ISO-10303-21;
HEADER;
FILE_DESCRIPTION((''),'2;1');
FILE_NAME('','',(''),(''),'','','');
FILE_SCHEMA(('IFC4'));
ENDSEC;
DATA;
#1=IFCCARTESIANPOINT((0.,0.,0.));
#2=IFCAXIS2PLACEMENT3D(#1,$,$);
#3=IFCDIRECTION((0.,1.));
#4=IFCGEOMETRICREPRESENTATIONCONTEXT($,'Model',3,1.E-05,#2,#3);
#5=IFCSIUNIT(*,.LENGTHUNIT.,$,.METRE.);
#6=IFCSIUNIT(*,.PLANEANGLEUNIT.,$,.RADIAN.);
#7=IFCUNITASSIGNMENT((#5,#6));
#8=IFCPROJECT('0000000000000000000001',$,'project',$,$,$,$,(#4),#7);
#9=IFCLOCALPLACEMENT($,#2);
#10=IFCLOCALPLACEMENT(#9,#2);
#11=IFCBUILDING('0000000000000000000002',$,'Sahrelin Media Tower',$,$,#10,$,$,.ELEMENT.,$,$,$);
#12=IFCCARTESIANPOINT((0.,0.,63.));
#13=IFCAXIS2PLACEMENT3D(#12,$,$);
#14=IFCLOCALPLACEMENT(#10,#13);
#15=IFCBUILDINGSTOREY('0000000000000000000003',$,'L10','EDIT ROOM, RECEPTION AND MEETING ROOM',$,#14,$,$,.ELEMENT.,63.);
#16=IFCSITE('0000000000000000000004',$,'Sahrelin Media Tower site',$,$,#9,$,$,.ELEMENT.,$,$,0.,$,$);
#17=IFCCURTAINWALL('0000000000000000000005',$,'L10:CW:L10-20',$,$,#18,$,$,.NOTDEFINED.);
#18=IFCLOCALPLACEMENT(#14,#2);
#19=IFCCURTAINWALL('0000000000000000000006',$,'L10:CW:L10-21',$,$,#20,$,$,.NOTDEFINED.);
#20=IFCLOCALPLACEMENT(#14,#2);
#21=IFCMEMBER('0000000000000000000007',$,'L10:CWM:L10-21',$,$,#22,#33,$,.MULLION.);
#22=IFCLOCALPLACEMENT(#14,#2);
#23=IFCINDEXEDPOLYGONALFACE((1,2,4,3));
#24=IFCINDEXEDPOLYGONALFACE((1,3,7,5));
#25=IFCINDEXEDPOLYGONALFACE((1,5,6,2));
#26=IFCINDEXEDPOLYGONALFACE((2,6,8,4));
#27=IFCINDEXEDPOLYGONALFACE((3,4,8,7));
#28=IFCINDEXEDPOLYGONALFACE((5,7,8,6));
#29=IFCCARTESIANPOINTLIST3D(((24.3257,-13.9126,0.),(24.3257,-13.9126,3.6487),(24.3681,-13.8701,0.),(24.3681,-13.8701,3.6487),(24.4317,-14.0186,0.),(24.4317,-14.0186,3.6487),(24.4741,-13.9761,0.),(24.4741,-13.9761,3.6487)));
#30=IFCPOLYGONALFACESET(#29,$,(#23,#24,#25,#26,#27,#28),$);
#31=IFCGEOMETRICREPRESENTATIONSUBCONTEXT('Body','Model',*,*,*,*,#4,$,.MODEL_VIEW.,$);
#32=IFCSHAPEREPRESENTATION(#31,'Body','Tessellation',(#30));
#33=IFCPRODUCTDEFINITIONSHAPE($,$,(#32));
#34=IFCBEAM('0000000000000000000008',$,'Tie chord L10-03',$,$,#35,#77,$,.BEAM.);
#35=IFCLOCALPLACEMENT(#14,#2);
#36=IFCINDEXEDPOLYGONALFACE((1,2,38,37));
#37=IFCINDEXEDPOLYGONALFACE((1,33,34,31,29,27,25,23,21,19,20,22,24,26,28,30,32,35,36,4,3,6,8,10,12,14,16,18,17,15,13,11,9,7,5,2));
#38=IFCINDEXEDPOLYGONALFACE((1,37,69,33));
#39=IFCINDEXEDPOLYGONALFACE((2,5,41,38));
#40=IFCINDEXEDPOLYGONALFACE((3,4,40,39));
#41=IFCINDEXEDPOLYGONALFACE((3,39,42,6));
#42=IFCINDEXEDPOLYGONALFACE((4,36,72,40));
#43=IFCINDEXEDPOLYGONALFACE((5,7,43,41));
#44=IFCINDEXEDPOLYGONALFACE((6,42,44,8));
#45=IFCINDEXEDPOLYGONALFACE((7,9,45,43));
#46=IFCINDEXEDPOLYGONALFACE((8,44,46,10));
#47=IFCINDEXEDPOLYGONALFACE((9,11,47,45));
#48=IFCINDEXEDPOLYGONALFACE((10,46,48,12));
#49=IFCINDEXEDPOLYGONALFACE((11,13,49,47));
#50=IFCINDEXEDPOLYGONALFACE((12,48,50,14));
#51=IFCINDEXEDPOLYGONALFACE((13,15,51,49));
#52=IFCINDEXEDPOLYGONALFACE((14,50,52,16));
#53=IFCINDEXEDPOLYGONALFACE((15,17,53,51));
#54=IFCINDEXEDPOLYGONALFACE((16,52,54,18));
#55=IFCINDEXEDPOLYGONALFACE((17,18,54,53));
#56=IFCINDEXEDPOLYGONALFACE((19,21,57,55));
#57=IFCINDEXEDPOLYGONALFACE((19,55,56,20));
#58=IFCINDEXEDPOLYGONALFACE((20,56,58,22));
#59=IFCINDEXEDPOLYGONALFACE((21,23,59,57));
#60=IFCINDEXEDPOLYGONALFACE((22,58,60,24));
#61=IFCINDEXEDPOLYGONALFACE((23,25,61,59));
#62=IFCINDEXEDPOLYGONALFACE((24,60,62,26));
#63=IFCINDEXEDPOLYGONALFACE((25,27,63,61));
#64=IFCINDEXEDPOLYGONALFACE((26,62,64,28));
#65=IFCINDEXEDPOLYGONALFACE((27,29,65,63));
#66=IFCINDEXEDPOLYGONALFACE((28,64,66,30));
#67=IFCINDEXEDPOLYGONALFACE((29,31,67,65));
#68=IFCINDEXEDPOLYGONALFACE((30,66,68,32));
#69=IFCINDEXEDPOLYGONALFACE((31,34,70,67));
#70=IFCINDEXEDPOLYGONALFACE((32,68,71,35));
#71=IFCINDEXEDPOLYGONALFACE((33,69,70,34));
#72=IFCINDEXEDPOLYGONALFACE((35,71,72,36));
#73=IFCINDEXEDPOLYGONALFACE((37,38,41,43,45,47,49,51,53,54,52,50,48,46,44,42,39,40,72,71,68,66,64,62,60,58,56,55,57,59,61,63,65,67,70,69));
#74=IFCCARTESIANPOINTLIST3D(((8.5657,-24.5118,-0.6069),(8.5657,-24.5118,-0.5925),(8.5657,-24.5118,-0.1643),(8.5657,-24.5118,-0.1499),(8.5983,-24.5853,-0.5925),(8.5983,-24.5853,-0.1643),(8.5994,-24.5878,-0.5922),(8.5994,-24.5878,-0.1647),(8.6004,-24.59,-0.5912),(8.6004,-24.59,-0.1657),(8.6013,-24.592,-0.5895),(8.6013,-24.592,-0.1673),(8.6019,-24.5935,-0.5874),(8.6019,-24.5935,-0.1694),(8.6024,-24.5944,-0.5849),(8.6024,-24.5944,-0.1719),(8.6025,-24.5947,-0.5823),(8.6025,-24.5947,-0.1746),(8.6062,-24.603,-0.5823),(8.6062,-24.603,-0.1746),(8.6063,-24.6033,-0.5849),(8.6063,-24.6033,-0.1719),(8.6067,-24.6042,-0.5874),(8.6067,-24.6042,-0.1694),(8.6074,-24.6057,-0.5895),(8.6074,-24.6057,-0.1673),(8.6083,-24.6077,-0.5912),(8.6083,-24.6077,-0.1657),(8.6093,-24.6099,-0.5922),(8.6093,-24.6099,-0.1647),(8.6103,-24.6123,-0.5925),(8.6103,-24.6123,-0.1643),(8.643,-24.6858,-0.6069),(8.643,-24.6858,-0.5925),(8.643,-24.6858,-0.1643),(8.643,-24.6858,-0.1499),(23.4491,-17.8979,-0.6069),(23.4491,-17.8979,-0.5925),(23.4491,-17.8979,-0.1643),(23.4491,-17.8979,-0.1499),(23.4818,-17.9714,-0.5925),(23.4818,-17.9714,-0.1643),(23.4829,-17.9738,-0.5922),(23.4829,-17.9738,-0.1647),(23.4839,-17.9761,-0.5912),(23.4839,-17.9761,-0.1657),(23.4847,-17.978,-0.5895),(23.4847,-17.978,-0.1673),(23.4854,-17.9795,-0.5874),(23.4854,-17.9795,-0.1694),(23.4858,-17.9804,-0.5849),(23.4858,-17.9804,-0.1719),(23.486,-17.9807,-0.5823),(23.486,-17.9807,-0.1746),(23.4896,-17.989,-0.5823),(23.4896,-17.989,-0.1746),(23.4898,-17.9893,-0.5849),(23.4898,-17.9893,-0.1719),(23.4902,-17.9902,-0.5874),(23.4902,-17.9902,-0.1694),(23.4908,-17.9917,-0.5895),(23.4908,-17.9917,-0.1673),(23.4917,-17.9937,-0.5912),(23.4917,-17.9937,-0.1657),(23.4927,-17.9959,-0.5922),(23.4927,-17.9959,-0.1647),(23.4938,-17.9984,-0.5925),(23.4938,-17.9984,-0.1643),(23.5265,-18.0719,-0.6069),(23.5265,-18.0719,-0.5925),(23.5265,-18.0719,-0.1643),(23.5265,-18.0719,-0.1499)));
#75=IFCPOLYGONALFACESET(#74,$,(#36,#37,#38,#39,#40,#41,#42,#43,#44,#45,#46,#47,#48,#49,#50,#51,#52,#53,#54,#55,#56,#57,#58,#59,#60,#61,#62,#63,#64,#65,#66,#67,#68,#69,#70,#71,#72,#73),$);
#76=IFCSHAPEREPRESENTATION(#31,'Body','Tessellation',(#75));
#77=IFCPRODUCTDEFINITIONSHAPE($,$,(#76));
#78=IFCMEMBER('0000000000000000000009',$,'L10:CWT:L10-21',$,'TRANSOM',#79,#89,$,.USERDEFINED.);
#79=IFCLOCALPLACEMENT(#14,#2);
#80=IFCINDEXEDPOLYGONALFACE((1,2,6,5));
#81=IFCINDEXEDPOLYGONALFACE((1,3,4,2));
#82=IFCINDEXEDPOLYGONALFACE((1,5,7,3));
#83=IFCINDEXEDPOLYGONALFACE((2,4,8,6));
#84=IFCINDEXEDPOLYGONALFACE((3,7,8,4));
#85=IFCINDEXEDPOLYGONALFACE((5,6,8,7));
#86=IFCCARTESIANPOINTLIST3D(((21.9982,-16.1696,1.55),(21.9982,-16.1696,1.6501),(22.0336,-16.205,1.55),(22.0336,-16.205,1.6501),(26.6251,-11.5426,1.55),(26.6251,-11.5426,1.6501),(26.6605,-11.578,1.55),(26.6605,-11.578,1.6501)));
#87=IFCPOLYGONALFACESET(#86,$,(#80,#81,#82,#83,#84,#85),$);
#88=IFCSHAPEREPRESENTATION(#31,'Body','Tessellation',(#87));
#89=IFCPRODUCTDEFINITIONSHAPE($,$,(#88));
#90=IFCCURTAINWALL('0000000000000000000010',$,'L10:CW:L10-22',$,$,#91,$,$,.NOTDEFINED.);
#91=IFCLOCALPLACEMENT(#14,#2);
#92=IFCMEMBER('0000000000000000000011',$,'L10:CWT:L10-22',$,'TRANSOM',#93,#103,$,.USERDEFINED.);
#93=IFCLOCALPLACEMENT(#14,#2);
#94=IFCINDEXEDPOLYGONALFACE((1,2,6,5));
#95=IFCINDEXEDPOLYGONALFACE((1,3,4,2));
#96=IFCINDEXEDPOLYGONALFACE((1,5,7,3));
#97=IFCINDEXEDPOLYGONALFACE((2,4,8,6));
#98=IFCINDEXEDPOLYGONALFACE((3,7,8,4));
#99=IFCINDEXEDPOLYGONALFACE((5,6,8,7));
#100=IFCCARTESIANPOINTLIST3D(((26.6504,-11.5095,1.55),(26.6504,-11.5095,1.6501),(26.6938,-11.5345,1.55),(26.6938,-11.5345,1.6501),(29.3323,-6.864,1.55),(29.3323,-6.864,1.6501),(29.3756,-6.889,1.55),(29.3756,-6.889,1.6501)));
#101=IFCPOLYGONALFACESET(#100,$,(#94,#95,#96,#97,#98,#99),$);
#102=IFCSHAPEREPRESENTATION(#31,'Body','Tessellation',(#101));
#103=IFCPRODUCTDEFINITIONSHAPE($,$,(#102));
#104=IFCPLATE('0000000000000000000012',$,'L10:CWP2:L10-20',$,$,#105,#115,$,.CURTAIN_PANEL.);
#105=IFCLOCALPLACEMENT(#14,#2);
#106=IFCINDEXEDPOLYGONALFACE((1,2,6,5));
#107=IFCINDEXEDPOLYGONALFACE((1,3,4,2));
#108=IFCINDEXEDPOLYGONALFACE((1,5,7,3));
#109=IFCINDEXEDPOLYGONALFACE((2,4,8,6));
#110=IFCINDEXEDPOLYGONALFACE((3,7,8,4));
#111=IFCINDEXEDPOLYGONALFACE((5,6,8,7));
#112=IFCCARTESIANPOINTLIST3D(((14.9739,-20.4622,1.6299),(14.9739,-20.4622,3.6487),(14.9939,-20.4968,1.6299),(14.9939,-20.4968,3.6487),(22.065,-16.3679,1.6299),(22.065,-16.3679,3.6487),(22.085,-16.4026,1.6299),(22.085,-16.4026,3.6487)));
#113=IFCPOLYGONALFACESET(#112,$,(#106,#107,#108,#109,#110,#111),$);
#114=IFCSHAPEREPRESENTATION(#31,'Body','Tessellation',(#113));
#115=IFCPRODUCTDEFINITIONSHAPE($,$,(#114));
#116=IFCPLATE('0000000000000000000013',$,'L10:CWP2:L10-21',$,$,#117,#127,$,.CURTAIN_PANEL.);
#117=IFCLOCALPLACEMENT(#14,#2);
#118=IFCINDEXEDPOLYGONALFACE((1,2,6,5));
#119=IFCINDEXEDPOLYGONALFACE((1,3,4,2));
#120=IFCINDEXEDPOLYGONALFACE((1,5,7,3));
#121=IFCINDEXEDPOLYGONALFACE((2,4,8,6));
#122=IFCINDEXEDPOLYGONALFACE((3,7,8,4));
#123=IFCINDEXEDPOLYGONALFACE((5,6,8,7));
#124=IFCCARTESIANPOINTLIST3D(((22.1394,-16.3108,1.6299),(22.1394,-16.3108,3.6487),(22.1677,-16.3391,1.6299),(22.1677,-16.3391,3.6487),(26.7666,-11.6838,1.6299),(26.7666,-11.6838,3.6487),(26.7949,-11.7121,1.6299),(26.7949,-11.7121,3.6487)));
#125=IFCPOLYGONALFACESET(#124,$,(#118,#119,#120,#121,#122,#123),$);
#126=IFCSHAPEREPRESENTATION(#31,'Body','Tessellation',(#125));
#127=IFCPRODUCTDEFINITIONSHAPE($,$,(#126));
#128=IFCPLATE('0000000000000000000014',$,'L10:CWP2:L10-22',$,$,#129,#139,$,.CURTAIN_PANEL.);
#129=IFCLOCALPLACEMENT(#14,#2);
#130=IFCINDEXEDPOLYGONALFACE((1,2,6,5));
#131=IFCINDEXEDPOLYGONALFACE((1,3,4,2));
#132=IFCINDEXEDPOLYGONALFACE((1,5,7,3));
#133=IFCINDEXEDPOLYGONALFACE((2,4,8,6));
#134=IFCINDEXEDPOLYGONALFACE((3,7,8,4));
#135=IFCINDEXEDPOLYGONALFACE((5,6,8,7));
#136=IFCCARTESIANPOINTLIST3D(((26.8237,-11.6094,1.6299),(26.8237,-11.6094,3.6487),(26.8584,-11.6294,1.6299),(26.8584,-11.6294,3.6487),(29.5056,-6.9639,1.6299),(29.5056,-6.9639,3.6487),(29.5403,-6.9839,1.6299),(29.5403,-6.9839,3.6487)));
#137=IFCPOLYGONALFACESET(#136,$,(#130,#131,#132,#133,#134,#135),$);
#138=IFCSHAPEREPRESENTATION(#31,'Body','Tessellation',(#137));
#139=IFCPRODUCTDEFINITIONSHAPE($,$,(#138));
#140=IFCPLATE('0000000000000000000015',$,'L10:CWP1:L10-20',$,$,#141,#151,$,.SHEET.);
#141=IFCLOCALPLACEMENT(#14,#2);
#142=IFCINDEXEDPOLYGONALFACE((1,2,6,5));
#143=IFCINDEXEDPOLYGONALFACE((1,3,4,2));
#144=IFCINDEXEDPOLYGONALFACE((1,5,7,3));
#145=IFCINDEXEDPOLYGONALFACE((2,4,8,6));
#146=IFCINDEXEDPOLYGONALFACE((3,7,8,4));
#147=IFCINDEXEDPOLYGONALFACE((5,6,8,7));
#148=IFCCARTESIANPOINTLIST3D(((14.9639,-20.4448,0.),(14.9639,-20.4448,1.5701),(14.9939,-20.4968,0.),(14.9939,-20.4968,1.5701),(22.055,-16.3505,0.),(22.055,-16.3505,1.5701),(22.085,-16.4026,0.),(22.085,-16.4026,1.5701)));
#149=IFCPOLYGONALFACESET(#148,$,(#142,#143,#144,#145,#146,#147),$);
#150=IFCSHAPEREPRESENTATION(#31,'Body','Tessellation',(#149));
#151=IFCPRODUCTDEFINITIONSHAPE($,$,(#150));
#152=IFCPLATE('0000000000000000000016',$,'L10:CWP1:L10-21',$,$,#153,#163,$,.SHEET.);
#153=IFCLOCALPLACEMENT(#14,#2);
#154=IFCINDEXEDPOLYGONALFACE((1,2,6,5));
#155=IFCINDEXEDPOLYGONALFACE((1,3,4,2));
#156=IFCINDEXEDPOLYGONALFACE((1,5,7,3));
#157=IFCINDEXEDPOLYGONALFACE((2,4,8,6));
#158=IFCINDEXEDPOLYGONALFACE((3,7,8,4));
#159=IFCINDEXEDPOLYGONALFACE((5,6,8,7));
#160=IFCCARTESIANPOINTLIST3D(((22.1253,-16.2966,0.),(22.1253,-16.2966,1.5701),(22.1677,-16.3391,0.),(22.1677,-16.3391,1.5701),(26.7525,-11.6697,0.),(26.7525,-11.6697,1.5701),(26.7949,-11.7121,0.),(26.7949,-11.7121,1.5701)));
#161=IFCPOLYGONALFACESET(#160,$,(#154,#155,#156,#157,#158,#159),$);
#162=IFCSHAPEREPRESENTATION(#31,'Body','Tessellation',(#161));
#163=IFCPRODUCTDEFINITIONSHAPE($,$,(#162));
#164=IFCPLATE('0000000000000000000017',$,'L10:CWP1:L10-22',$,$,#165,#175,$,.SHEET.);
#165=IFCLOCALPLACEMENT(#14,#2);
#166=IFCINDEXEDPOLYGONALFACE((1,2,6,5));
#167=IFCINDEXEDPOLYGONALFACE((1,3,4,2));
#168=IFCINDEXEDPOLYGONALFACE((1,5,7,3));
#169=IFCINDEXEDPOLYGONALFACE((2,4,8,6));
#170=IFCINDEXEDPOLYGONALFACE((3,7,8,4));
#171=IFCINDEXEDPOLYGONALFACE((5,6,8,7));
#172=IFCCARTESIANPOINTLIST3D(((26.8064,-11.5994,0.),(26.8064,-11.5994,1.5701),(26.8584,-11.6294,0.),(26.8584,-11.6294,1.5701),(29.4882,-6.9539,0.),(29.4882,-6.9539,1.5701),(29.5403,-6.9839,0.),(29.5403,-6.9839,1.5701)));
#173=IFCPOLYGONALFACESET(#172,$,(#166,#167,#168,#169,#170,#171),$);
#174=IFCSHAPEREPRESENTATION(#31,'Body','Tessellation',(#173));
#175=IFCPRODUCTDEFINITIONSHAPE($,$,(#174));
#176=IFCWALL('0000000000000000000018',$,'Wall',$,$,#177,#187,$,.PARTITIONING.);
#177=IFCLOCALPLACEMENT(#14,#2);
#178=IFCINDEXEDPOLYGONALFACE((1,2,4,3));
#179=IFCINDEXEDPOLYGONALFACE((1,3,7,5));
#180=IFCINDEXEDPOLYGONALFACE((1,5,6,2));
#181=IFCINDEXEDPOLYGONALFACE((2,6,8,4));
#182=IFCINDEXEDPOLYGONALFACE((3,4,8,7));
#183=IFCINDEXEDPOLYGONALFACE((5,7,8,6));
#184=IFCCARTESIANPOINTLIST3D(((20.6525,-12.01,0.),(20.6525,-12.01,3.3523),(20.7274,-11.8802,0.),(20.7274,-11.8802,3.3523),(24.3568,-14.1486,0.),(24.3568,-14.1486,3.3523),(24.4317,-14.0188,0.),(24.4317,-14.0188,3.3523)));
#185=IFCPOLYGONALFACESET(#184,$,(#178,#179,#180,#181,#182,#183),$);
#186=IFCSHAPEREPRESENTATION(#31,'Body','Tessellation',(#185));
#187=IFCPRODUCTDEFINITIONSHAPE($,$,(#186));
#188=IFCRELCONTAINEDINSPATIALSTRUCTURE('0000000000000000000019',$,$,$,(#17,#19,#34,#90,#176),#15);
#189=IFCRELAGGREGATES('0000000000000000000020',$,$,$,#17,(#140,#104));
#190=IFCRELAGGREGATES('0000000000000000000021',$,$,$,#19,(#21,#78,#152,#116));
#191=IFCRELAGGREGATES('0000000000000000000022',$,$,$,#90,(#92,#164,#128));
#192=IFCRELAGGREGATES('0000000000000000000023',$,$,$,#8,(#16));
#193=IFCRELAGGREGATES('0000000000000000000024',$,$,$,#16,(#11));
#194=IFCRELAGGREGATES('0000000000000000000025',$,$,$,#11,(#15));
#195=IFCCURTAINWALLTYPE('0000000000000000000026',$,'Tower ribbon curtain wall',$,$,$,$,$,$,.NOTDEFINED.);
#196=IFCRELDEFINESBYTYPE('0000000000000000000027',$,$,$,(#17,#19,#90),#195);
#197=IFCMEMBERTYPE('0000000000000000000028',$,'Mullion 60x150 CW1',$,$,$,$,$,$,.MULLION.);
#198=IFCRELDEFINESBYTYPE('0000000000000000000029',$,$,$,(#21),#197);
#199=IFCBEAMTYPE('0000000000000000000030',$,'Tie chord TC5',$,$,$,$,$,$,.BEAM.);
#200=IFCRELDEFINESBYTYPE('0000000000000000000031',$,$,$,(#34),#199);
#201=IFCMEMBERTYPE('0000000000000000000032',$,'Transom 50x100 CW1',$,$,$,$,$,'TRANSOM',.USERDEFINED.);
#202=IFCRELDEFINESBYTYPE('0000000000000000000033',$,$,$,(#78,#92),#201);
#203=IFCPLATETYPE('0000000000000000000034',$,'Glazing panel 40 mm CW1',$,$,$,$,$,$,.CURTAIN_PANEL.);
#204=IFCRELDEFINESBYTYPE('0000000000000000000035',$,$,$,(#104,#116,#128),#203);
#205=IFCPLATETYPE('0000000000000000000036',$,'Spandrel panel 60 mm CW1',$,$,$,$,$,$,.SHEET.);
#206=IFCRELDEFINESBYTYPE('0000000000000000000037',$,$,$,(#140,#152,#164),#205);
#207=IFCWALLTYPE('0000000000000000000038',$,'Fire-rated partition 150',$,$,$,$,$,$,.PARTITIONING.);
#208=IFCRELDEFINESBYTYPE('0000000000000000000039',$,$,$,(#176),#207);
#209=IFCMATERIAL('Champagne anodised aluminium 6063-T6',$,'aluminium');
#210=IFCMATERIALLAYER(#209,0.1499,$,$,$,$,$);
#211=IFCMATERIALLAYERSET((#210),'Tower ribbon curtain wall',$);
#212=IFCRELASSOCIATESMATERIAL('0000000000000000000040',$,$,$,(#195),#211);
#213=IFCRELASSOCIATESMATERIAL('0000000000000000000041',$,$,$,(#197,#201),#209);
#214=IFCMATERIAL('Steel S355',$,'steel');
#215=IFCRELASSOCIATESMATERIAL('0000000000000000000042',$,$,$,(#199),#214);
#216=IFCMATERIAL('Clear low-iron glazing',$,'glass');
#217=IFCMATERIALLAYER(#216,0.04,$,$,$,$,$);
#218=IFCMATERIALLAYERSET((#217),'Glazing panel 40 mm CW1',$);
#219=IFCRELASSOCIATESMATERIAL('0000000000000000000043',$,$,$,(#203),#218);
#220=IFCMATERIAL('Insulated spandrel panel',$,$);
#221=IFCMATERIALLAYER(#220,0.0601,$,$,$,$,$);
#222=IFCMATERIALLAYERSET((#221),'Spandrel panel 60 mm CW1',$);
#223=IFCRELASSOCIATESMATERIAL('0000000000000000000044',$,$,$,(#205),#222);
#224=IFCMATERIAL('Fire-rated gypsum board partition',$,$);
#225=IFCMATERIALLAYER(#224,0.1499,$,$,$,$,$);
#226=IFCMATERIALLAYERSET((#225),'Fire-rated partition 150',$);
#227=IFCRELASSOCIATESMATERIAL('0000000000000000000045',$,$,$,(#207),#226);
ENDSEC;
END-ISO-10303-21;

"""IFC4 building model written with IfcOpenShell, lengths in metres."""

from ifc_helpers import new_model, si_unit, direction, frame, frame_2d, origin, origin_2d, place, context, subcontext, project, spatial, polyline, rectangle, i_section, outline, extrude, material, layer, layer_set, material_profile, profile_set, type_object, element, aggregate, save


model = new_model("IFC4")

# Units and contexts
model_context = context("Model", 3, precision=1e-05, world=origin(), true_north=direction((0.0, 1.0)))
body_context = subcontext(model_context, "Body", "Model", "MODEL_VIEW")
ifc_project = project(units=[si_unit("LENGTHUNIT", "METRE"), si_unit("PLANEANGLEUNIT", "RADIAN")], contexts=[model_context])

# Site, building, storey
site_placement = place(None, origin())
site = spatial("IfcSite", under=ifc_project, at=site_placement, Name="Sahrelin Media Tower site", CompositionType="ELEMENT", RefElevation=0.0)
building_placement = place(site_placement, origin())
building = spatial("IfcBuilding", under=site, at=building_placement, Name="Sahrelin Media Tower", CompositionType="ELEMENT")
storey_placement = place(building_placement, frame((0.0, 0.0, 63.0)))
storey = spatial("IfcBuildingStorey", under=building, at=storey_placement, Name="L10", Description="EDIT ROOM, RECEPTION AND MEETING ROOM", CompositionType="ELEMENT", Elevation=63.0)

# Shared definitions
ifc_material_1 = material(Name="Steel S355", Category="steel")

# Curtain walls, member
ifc_material_2 = material(Name="Champagne anodised aluminium 6063-T6", Category="aluminium")
ifc_layer_1 = layer(ifc_material_2, 0.1499)
ifc_layer_set_1 = layer_set([ifc_layer_1], Name="Tower ribbon curtain wall")
curtain_wall_type = type_object("IfcCurtainWallType", Name="Tower ribbon curtain wall", PredefinedType="NOTDEFINED", material=ifc_layer_set_1)
curtain_wall_1_placement = place(storey_placement, frame((18.5293, -18.4326, 0.0), z_axis=(0.0, 0.0, 1.0), x_axis=(1.0, 0.0, 0.0)))
curtain_wall_1 = element("IfcCurtainWall", 1, at=curtain_wall_1_placement, inside=storey, type_object=curtain_wall_type, Name="L10:CW:L10-20", PredefinedType="NOTDEFINED")
ifc_material_profile_1 = material_profile(ifc_material_2, rectangle(XDim=0.0601, YDim=0.1499, at=origin_2d()), Name="Mullion 60x150")
ifc_profile_set_1 = profile_set([ifc_material_profile_1], Name="Champagne anodised aluminium 6063-T6")
member_type_1 = type_object("IfcMemberType", Name="Mullion 60x150 CW1", PredefinedType="MULLION", material=ifc_profile_set_1)
curtain_wall_2_placement = place(storey_placement, frame((24.4673, -14.0115, 0.0), z_axis=(0.0, 0.0, 1.0), x_axis=(1.0, 0.0, 0.0)))
curtain_wall_2 = element("IfcCurtainWall", 2, at=curtain_wall_2_placement, inside=storey, type_object=curtain_wall_type, Name="L10:CW:L10-21", PredefinedType="NOTDEFINED")
member_1_placement = place(storey_placement, frame((24.3999, -13.9443, 0.0), z_axis=(0.0, 0.0, 1.0), x_axis=(0.707107, 0.707107, 0.0)))
member_1 = element("IfcMember", 3, at=member_1_placement, type_object=member_type_1, Name="L10:CWM:L10-21", PredefinedType="MULLION", context=body_context, shape_type="SweptSolid", body=[
    extrude(rectangle(XDim=0.0601, YDim=0.1499, at=origin_2d()), origin(), (0.0, 0.0, 1.0), 3.6487),
])

# Beam
ifc_material_profile_2 = material_profile(ifc_material_1, i_section(OverallWidth=0.1904, OverallDepth=0.457, WebThickness=0.009, FlangeThickness=0.0144, FilletRadius=0.0103, at=origin_2d()), Name="UB 457x191x74")
ifc_profile_set_2 = profile_set([ifc_material_profile_2], Name="Steel S355")
beam_type_1 = type_object("IfcBeamType", Name="Tie chord TC5", PredefinedType="BEAM", material=ifc_profile_set_2)
beam_1_placement = place(storey_placement, frame((23.4878, -17.9849, -0.3784), z_axis=(-0.913832, -0.406093, 0.0), x_axis=(0.406093, -0.913832, 0.0)))
element("IfcBeam", 4, at=beam_1_placement, inside=storey, type_object=beam_type_1, Name="Tie chord L10-03", PredefinedType="BEAM", context=body_context, shape_type="SweptSolid", body=[
    extrude(i_section(OverallWidth=0.1904, OverallDepth=0.457, WebThickness=0.009, FlangeThickness=0.0144, FilletRadius=0.0103, at=origin_2d()), origin(), (0.0, 0.0, 1.0), 16.2869),
])

# Member
ifc_material_profile_3 = material_profile(ifc_material_2, rectangle(XDim=0.05, YDim=0.1001, at=origin_2d()), Name="Transom 50x100")
ifc_profile_set_3 = profile_set([ifc_material_profile_3], Name="Champagne anodised aluminium 6063-T6")
member_type_2 = type_object("IfcMemberType", Name="Transom 50x100 CW1", ElementType="TRANSOM", PredefinedType="USERDEFINED", material=ifc_profile_set_3)
member_2_placement = place(storey_placement, frame((22.0159, -16.1873, 1.6001), z_axis=(0.707107, 0.707107, 0.0), x_axis=(-0.707107, 0.707107, 0.0)))
member_2 = element("IfcMember", 5, at=member_2_placement, type_object=member_type_2, Name="L10:CWT:L10-21", ObjectType="TRANSOM", PredefinedType="USERDEFINED", context=body_context, shape_type="SweptSolid", body=[
    extrude(rectangle(XDim=0.05, YDim=0.1001, at=origin_2d()), origin(), (0.0, 0.0, 1.0), 6.5435),
])

# Curtain wall, member
curtain_wall_3_placement = place(storey_placement, frame((28.1819, -9.2966, 0.0), z_axis=(0.0, 0.0, 1.0), x_axis=(1.0, 0.0, 0.0)))
curtain_wall_3 = element("IfcCurtainWall", 6, at=curtain_wall_3_placement, inside=storey, type_object=curtain_wall_type, Name="L10:CW:L10-22", PredefinedType="NOTDEFINED")
member_3_placement = place(storey_placement, frame((26.6721, -11.522, 1.6001), z_axis=(0.499972, 0.866042, 0.0), x_axis=(-0.866042, 0.499972, 0.0)))
member_3 = element("IfcMember", 7, at=member_3_placement, type_object=member_type_2, Name="L10:CWT:L10-22", ObjectType="TRANSOM", PredefinedType="USERDEFINED", context=body_context, shape_type="SweptSolid", body=[
    extrude(rectangle(XDim=0.05, YDim=0.1001, at=origin_2d()), origin(), (0.0, 0.0, 1.0), 5.364),
])

# Plates
ifc_material_3 = material(Name="Clear low-iron glazing", Category="glass")
ifc_layer_2 = layer(ifc_material_3, 0.04)
ifc_layer_set_2 = layer_set([ifc_layer_2], Name="Glazing panel 40 mm CW1")
plate_type_1 = type_object("IfcPlateType", Name="Glazing panel 40 mm CW1", PredefinedType="CURTAIN_PANEL", material=ifc_layer_set_2)
plate_1_placement = place(storey_placement, frame((14.9939, -20.4968, 1.6299), z_axis=(0.500019, -0.866014, 0.0), x_axis=(0.866014, 0.500019, 0.0)))
plate_1 = element("IfcPlate", 8, at=plate_1_placement, type_object=plate_type_1, Name="L10:CWP2:L10-20", PredefinedType="CURTAIN_PANEL", context=body_context, shape_type="SweptSolid", body=[
    extrude(outline(polyline([(0.0, 0.0), (8.1882, 0.0), (8.1882, 2.0188), (0.0, 2.0188), (0.0, 0.0)])), origin(), (0.0, 0.0, -1.0), 0.04),
])
plate_2_placement = place(storey_placement, frame((22.1677, -16.3391, 1.6299), z_axis=(0.707088, -0.707125, 0.0), x_axis=(0.707125, 0.707088, 0.0)))
plate_2 = element("IfcPlate", 9, at=plate_2_placement, type_object=plate_type_1, Name="L10:CWP2:L10-21", PredefinedType="CURTAIN_PANEL", context=body_context, shape_type="SweptSolid", body=[
    extrude(outline(polyline([(0.0, 0.0), (6.5437, 0.0), (6.5437, 2.0188), (0.0, 2.0188), (0.0, 0.0)])), origin(), (0.0, 0.0, -1.0), 0.04),
])
plate_3_placement = place(storey_placement, frame((26.8584, -11.6294, 1.6299), z_axis=(0.866042, -0.499972, 0.0), x_axis=(0.499972, 0.866042, 0.0)))
plate_3 = element("IfcPlate", 10, at=plate_3_placement, type_object=plate_type_1, Name="L10:CWP2:L10-22", PredefinedType="CURTAIN_PANEL", context=body_context, shape_type="SweptSolid", body=[
    extrude(outline(polyline([(0.0, 0.0), (5.364, 0.0), (5.364, 2.0188), (0.0, 2.0188), (0.0, 0.0)])), origin(), (0.0, 0.0, -1.0), 0.04),
])
ifc_material_4 = material(Name="Insulated spandrel panel")
ifc_layer_3 = layer(ifc_material_4, 0.0601)
ifc_layer_set_3 = layer_set([ifc_layer_3], Name="Spandrel panel 60 mm CW1")
plate_type_2 = type_object("IfcPlateType", Name="Spandrel panel 60 mm CW1", PredefinedType="SHEET", material=ifc_layer_set_3)
plate_4_placement = place(storey_placement, frame((14.9939, -20.4968, 0.0), z_axis=(0.500019, -0.866014, 0.0), x_axis=(0.866014, 0.500019, 0.0)))
plate_4 = element("IfcPlate", 11, at=plate_4_placement, type_object=plate_type_2, Name="L10:CWP1:L10-20", PredefinedType="SHEET", context=body_context, shape_type="SweptSolid", body=[
    extrude(outline(polyline([(0.0, 0.0), (8.1882, 0.0), (8.1882, 1.5701), (0.0, 1.5701), (0.0, 0.0)])), origin(), (0.0, 0.0, -1.0), 0.0601),
])
aggregate(curtain_wall_1, [plate_4, plate_1])
plate_5_placement = place(storey_placement, frame((22.1677, -16.3391, 0.0), z_axis=(0.707088, -0.707125, 0.0), x_axis=(0.707125, 0.707088, 0.0)))
plate_5 = element("IfcPlate", 12, at=plate_5_placement, type_object=plate_type_2, Name="L10:CWP1:L10-21", PredefinedType="SHEET", context=body_context, shape_type="SweptSolid", body=[
    extrude(outline(polyline([(0.0, 0.0), (6.5437, 0.0), (6.5437, 1.5701), (0.0, 1.5701), (0.0, 0.0)])), origin(), (0.0, 0.0, -1.0), 0.0601),
])
aggregate(curtain_wall_2, [member_1, member_2, plate_5, plate_2])
plate_6_placement = place(storey_placement, frame((26.8584, -11.6294, 0.0), z_axis=(0.866042, -0.499972, 0.0), x_axis=(0.499972, 0.866042, 0.0)))
plate_6 = element("IfcPlate", 13, at=plate_6_placement, type_object=plate_type_2, Name="L10:CWP1:L10-22", PredefinedType="SHEET", context=body_context, shape_type="SweptSolid", body=[
    extrude(outline(polyline([(0.0, 0.0), (5.364, 0.0), (5.364, 1.5701), (0.0, 1.5701), (0.0, 0.0)])), origin(), (0.0, 0.0, -1.0), 0.0601),
])
aggregate(curtain_wall_3, [member_3, plate_6, plate_3])

# Wall
ifc_material_5 = material(Name="Fire-rated gypsum board partition")
ifc_layer_4 = layer(ifc_material_5, 0.1499)
ifc_layer_set_4 = layer_set([ifc_layer_4], Name="Fire-rated partition 150")
wall_type_1 = type_object("IfcWallType", Name="Fire-rated partition 150", PredefinedType="PARTITIONING", material=ifc_layer_set_4)
wall_1_placement = place(storey_placement, frame((20.6899, -11.9451, 0.0), z_axis=(0.0, 0.0, 1.0), x_axis=(0.866029, -0.499994, 0.0)))
element("IfcWall", 14, at=wall_1_placement, inside=storey, type_object=wall_type_1, Name="Wall", PredefinedType="PARTITIONING", context=body_context, shape_type="SweptSolid", body=[
    extrude(rectangle(XDim=4.2773, YDim=0.1499, at=frame_2d((2.1387, 0.0))), origin(), (0.0, 0.0, 1.0), 3.3523),
])

save(model, "model.ifc")
